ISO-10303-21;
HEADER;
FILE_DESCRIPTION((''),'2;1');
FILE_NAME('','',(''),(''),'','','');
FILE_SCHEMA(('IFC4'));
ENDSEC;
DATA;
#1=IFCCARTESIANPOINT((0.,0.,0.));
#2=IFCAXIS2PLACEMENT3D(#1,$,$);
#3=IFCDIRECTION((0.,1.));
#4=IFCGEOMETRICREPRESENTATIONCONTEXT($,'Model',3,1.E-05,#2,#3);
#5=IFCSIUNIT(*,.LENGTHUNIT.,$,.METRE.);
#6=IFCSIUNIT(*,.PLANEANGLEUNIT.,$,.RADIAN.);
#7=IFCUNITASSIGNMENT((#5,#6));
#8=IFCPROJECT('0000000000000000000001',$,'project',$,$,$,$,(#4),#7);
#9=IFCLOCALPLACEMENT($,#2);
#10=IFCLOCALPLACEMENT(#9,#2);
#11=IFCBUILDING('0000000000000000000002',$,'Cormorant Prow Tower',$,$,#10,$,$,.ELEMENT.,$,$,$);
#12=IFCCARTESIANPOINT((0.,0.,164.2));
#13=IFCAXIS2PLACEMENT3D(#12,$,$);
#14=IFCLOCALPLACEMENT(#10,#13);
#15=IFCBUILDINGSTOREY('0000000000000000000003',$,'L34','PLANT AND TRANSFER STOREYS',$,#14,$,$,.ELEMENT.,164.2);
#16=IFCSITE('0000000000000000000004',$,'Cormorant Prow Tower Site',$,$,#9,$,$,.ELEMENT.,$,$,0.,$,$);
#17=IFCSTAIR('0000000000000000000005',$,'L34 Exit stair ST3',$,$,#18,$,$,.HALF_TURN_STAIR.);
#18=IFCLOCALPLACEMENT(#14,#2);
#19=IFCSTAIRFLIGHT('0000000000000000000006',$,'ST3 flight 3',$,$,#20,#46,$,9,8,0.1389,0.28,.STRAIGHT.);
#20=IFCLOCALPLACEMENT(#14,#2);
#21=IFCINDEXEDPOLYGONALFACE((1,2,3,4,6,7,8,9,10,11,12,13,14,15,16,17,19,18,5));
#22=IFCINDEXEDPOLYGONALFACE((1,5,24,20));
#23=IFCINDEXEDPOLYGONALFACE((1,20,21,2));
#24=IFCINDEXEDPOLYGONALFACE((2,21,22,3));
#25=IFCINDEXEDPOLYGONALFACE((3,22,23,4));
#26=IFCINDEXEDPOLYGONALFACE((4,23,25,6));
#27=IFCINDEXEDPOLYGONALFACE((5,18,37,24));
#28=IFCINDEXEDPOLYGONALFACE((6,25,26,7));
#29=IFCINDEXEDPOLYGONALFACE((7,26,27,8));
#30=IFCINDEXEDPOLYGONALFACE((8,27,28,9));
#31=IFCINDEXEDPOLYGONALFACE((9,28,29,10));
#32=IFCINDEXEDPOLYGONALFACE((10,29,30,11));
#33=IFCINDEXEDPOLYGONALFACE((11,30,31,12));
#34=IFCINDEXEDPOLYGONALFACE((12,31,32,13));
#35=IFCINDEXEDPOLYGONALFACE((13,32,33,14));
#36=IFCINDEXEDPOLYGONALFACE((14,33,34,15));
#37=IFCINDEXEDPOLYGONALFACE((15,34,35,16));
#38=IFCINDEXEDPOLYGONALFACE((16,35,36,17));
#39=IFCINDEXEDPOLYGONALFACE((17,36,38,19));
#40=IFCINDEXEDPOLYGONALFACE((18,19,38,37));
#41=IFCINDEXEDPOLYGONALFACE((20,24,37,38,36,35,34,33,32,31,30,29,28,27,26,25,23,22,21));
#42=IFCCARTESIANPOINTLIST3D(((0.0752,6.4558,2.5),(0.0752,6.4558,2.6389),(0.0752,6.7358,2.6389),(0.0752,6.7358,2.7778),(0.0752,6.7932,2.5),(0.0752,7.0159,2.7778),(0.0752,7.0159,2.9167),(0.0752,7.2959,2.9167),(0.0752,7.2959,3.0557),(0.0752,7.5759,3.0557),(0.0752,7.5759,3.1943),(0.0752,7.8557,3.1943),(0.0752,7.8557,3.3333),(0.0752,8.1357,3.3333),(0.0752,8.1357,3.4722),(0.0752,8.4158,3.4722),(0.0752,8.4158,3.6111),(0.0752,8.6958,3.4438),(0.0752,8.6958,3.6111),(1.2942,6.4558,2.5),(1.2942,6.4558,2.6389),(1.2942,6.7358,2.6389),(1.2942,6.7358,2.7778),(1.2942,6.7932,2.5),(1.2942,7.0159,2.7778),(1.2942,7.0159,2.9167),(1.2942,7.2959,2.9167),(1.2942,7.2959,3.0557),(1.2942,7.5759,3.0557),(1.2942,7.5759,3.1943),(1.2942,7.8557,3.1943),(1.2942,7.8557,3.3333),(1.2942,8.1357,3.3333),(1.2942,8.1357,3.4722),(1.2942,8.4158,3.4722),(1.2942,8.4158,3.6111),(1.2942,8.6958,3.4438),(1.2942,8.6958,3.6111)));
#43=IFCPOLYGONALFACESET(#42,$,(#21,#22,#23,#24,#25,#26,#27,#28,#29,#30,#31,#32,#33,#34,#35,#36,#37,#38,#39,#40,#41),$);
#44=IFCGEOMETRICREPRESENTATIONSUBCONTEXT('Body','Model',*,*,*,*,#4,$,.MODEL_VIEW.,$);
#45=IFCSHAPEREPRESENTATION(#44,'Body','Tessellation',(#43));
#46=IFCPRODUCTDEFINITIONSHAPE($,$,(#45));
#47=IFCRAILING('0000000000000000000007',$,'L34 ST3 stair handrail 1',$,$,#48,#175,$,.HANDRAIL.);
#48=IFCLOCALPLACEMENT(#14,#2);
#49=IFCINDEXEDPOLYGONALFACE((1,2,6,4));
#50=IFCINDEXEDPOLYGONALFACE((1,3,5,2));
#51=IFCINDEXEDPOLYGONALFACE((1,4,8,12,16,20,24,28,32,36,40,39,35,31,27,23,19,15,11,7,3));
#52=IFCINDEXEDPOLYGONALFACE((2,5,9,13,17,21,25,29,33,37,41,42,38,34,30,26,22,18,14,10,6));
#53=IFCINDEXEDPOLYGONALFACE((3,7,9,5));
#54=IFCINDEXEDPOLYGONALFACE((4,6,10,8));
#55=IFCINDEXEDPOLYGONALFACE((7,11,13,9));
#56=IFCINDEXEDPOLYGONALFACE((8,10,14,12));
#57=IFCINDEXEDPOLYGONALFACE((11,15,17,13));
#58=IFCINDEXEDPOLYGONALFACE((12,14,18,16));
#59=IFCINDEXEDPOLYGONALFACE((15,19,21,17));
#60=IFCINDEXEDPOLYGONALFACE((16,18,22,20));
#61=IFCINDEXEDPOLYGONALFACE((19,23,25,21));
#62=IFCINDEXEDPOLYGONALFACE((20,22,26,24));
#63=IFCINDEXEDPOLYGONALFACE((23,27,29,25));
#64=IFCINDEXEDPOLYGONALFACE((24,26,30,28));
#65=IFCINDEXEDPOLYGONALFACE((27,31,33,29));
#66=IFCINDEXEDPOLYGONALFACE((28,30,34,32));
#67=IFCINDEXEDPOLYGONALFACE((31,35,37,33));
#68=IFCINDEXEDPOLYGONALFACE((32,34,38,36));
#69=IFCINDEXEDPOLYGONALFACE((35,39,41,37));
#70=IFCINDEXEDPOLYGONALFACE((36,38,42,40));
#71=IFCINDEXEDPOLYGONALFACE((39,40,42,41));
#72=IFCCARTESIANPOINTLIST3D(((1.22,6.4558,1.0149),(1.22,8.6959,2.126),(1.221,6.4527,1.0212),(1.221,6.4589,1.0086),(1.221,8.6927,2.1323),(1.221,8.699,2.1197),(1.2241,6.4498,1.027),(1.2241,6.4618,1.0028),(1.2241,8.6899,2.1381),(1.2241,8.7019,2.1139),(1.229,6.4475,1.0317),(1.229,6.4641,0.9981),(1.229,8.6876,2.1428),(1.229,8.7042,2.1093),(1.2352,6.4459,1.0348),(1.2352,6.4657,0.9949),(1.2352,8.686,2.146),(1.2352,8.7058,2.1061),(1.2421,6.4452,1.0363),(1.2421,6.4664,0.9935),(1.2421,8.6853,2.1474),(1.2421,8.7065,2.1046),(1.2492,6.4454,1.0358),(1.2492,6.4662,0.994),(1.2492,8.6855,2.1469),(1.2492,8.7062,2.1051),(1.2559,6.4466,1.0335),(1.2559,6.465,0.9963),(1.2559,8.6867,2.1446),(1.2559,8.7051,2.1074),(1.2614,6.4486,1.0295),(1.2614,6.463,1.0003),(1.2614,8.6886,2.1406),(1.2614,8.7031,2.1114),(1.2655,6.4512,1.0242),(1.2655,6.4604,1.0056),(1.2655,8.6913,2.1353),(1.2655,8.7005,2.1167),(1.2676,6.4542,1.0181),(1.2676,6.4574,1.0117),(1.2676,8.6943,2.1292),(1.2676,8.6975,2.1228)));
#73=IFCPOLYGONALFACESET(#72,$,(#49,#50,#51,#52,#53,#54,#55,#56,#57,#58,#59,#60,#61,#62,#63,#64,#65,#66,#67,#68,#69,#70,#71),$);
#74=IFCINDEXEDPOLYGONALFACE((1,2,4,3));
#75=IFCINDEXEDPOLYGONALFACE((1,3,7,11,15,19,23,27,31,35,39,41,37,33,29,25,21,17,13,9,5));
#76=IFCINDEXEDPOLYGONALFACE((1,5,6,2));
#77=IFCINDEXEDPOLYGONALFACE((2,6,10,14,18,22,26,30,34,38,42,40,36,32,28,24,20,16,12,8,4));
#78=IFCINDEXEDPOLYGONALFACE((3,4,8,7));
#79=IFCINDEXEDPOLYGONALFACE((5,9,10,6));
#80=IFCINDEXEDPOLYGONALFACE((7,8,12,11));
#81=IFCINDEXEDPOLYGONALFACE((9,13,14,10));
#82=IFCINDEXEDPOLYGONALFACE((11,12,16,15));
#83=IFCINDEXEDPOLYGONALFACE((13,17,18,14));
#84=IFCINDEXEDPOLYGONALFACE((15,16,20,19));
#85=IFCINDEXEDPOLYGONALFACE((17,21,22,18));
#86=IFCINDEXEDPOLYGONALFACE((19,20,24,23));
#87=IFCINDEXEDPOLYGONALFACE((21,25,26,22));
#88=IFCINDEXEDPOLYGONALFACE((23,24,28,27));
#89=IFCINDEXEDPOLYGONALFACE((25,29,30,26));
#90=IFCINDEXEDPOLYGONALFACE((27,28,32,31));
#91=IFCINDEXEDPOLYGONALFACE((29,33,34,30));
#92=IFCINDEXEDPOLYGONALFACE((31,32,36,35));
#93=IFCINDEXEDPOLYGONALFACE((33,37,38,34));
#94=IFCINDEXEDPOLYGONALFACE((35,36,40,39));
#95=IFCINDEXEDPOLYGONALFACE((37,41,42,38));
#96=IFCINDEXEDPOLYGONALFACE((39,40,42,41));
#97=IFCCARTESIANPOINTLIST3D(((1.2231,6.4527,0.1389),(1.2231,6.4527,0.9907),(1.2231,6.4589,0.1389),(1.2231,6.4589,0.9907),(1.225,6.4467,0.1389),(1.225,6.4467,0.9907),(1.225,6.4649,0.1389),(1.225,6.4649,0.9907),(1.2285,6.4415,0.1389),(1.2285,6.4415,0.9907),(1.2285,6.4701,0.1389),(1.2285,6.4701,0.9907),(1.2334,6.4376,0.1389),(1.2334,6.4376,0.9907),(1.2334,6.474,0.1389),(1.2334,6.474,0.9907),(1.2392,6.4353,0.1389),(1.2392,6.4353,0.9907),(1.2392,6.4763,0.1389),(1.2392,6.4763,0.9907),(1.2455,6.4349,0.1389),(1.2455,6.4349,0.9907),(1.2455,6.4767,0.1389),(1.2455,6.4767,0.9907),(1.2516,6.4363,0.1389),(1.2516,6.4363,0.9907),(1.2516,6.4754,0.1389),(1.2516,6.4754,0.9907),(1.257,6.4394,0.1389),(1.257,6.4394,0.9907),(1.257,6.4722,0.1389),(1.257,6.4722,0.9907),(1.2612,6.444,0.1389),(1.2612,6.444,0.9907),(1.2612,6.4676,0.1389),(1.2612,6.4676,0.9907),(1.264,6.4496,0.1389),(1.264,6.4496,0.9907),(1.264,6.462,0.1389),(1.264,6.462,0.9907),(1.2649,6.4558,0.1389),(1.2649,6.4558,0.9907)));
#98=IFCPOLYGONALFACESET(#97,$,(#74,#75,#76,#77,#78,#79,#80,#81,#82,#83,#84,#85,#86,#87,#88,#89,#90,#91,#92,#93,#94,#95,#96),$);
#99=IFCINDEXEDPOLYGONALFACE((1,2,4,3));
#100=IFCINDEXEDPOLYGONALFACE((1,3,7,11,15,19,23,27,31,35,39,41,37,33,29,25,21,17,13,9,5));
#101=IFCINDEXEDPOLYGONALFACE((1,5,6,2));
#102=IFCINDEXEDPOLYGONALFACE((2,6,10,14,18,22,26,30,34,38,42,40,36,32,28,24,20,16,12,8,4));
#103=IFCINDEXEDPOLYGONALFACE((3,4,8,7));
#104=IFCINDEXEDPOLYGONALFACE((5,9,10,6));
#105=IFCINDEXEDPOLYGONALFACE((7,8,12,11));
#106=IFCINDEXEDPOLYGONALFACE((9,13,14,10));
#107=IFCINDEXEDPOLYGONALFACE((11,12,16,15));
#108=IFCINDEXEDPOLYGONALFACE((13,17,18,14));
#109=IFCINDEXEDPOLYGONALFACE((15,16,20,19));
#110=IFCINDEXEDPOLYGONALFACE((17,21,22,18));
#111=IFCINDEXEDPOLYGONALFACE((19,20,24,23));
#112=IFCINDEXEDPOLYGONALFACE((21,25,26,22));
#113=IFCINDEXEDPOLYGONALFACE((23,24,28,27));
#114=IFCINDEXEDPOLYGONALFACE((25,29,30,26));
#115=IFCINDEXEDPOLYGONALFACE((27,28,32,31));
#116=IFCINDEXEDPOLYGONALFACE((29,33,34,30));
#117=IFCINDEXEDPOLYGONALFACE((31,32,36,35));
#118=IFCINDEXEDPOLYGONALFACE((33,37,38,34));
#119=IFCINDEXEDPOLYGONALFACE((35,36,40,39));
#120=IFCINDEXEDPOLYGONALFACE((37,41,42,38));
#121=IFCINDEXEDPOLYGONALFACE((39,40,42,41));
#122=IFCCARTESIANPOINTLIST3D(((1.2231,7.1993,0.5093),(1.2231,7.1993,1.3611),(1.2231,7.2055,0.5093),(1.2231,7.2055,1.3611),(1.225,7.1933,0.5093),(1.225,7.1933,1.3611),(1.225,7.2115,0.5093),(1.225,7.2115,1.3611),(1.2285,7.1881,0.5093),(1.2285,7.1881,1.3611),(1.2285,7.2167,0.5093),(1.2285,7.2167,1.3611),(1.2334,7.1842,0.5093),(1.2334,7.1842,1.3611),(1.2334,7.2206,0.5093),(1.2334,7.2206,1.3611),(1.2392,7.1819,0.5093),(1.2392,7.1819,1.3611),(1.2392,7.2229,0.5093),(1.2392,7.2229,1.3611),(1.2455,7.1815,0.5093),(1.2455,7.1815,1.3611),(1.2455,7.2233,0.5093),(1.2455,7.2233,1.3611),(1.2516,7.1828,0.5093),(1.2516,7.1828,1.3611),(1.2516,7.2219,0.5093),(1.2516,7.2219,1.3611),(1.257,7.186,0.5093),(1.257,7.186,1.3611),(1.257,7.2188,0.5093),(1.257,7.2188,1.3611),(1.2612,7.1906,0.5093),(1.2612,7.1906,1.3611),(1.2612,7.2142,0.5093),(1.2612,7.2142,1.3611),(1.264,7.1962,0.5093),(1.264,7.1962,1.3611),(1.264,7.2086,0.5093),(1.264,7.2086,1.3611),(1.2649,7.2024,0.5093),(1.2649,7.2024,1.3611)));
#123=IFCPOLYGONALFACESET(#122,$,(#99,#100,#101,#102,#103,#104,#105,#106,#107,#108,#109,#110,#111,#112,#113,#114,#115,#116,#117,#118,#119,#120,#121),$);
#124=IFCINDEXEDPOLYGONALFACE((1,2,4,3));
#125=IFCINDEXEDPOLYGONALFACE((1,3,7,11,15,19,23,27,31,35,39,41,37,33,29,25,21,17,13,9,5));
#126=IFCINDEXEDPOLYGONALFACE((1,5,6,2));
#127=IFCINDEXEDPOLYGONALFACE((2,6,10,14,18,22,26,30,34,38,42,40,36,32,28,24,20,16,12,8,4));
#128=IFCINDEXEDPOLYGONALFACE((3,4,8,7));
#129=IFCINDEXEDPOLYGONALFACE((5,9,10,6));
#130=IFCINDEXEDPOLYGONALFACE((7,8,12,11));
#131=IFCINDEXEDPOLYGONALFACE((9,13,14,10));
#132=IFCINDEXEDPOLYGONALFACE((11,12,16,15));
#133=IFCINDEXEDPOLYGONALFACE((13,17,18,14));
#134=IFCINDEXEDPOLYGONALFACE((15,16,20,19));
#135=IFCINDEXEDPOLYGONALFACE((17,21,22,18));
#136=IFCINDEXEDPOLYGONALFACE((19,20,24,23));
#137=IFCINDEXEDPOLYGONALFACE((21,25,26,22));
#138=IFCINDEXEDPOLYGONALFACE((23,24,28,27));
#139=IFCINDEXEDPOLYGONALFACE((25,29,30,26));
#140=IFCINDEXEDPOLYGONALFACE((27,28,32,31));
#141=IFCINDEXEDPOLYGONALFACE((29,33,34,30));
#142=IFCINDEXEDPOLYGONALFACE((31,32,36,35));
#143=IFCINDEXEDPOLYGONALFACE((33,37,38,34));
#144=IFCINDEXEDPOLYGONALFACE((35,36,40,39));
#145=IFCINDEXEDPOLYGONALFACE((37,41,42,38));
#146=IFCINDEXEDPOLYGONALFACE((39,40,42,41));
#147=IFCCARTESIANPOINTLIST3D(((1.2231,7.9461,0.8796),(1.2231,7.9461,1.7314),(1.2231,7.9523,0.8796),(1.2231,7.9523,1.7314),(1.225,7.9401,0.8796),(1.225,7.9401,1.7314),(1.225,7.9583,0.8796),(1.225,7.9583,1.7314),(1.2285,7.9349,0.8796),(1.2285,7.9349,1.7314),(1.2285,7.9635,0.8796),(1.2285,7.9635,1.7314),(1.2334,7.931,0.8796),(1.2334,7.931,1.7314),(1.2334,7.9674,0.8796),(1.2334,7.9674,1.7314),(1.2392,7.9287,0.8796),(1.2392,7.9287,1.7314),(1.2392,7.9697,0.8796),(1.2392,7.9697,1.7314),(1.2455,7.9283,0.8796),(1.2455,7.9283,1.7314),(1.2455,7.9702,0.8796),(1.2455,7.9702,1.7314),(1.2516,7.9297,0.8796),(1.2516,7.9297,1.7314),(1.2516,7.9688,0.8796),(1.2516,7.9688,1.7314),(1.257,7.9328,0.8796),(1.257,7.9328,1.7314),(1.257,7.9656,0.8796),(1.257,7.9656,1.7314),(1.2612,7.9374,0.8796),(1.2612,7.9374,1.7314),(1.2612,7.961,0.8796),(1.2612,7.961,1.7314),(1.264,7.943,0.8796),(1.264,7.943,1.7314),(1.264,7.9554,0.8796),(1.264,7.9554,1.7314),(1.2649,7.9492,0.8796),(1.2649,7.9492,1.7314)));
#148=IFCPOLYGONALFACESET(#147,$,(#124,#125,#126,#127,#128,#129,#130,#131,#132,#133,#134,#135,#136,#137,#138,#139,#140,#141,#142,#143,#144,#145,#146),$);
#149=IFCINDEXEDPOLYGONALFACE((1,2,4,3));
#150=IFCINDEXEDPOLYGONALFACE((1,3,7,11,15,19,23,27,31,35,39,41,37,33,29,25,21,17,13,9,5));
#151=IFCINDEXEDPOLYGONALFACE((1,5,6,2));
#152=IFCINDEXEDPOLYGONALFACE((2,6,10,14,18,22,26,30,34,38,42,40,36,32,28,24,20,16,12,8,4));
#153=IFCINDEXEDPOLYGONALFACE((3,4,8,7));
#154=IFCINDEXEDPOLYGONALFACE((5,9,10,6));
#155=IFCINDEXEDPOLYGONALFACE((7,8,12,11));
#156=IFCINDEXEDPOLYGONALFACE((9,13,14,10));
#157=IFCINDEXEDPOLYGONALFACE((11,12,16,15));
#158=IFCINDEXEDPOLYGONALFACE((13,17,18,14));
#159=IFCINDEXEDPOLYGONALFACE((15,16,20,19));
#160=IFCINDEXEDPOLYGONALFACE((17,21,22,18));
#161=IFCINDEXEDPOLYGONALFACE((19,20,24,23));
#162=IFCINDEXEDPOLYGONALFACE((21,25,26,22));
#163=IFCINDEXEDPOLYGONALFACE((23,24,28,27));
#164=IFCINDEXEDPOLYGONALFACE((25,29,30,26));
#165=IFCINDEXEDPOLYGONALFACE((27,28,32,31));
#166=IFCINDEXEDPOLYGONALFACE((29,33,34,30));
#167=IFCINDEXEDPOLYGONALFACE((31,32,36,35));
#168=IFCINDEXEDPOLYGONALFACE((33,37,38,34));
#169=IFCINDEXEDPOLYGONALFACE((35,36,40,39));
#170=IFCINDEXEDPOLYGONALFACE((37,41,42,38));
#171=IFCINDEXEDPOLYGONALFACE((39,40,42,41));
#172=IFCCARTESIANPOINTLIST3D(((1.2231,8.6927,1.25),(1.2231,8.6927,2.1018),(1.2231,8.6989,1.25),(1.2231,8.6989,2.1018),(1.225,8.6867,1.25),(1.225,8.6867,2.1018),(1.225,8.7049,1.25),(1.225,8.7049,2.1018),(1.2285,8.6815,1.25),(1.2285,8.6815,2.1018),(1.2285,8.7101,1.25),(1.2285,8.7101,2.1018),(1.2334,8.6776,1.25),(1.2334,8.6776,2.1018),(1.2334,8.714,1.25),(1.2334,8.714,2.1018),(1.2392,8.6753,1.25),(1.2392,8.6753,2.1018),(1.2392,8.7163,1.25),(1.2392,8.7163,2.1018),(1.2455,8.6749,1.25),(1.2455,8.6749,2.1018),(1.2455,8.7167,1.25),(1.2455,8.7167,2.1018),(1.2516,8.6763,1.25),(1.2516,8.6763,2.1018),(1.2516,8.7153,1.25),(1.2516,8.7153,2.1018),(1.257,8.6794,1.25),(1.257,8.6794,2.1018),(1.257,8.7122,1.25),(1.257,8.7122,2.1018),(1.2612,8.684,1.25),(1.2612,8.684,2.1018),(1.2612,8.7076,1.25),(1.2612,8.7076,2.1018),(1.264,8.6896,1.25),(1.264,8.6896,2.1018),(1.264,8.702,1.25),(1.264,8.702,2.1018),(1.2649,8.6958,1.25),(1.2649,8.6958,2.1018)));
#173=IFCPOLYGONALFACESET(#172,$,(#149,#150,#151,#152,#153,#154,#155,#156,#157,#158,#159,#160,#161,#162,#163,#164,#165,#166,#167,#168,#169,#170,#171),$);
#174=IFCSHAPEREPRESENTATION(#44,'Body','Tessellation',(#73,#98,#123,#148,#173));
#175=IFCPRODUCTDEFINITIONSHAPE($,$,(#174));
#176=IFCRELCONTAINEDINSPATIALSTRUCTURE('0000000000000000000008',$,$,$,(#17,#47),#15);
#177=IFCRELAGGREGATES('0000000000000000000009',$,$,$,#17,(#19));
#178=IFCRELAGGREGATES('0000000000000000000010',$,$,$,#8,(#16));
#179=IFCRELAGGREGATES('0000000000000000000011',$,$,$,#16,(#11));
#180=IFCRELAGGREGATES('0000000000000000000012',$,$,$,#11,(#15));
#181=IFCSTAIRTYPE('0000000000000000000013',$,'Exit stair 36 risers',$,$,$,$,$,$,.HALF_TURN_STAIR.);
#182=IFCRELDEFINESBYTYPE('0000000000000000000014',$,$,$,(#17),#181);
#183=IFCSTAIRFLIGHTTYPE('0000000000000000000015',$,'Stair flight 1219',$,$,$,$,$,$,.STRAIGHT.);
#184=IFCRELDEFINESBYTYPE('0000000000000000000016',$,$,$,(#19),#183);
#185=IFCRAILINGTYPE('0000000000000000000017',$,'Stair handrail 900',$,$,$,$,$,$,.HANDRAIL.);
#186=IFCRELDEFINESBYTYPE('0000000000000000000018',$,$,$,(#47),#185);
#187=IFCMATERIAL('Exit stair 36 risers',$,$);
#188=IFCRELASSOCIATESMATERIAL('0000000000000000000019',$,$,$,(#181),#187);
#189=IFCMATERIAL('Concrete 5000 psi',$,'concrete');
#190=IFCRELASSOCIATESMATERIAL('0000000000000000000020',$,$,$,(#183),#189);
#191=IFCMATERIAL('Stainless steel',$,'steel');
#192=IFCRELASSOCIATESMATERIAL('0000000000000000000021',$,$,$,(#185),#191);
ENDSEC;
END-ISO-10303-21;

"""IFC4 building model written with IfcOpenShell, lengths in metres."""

from ifc_helpers import new_model, si_unit, direction, frame, origin, origin_2d, place, context, subcontext, project, spatial, polyline, circle, outline, extrude, material, type_object, element, aggregate, save


model = new_model("IFC4")

# Units and contexts
model_context = context("Model", 3, precision=1e-05, world=origin(), true_north=direction((0.0, 1.0)))
body_context = subcontext(model_context, "Body", "Model", "MODEL_VIEW")
ifc_project = project(units=[si_unit("LENGTHUNIT", "METRE"), si_unit("PLANEANGLEUNIT", "RADIAN")], contexts=[model_context])

# Site, building, storey
site_placement = place(None, origin())
site = spatial("IfcSite", under=ifc_project, at=site_placement, Name="Cormorant Prow Tower Site", CompositionType="ELEMENT", RefElevation=0.0)
building_placement = place(site_placement, origin())
building = spatial("IfcBuilding", under=site, at=building_placement, Name="Cormorant Prow Tower", CompositionType="ELEMENT")
storey_placement = place(building_placement, frame((0.0, 0.0, 164.2)))
storey = spatial("IfcBuildingStorey", under=building, at=storey_placement, Name="L34", Description="PLANT AND TRANSFER STOREYS", CompositionType="ELEMENT", Elevation=164.2)

# Stair
ifc_material_1 = material(Name="Exit stair 36 risers")
stair_type = type_object("IfcStairType", Name="Exit stair 36 risers", PredefinedType="HALF_TURN_STAIR", material=ifc_material_1)
stair_1_placement = place(storey_placement, origin())
stair_1 = element("IfcStair", 1, at=stair_1_placement, inside=storey, type_object=stair_type, Name="L34 Exit stair ST3", PredefinedType="HALF_TURN_STAIR")

# Stair flight
ifc_material_2 = material(Name="Concrete 5000 psi", Category="concrete")
stair_flight_type = type_object("IfcStairFlightType", Name="Stair flight 1219", PredefinedType="STRAIGHT", material=ifc_material_2)
stair_flight_1_placement = place(storey_placement, frame((0.6846, 6.4558, 2.5), z_axis=(0.0, 0.0, 1.0), x_axis=(0.0, 1.0, 0.0)))
stair_flight_1 = element("IfcStairFlight", 2, at=stair_flight_1_placement, type_object=stair_flight_type, Name="ST3 flight 3", NumberOfRisers=9, NumberOfTreads=8, PredefinedType="STRAIGHT", RiserHeight=0.1389, TreadLength=0.28, context=body_context, shape_type="SweptSolid", body=[
    extrude(outline(polyline([(0.0, 0.0), (0.0, 0.1389), (0.28, 0.1389), (0.28, 0.2778), (0.5601, 0.2778), (0.5601, 0.4167), (0.8401, 0.4167), (0.8401, 0.5557), (1.1201, 0.5557), (1.1201, 0.6943), (1.3999, 0.6943), (1.3999, 0.8333), (1.6799, 0.8333), (1.6799, 0.9722), (1.96, 0.9722), (1.96, 1.1111), (2.24, 1.1111), (2.24, 1.25), (2.24, 0.9438), (0.3374, 0.0), (0.0, 0.0)])), frame((0.0, 0.6094, 0.0), z_axis=(0.0, -1.0, 0.0), x_axis=(1.0, 0.0, 0.0)), (0.0, 0.0, 1.0), 1.219),
])
aggregate(stair_1, [stair_flight_1])

# Railing
ifc_material_3 = material(Name="Stainless steel", Category="steel")
railing_type_1 = type_object("IfcRailingType", Name="Stair handrail 900", PredefinedType="HANDRAIL", material=ifc_material_3)
for number, where, name in (
    (3, (1.2439, 6.4558, 0.1389), "L34 ST3 stair handrail 1"),
):
    element("IfcRailing", number, at=place(storey_placement, frame(where)), inside=storey, type_object=railing_type_1, Name=name, PredefinedType="HANDRAIL", context=body_context, shape_type="SweptSolid", body=[
        extrude(circle(Radius=0.0239, at=origin_2d()), frame((0.0, 0.0, 0.876), z_axis=(0.0, 0.895848, 0.44436), x_axis=(-1.0, 0.0, 0.0)), (0.0, 0.0, 1.0), 2.5005),
        extrude(circle(Radius=0.021, at=origin_2d()), origin(), (0.0, 0.0, 1.0), 0.8518),
        extrude(circle(Radius=0.021, at=origin_2d()), frame((0.0, 0.7466, 0.3704)), (0.0, 0.0, 1.0), 0.8518),
        extrude(circle(Radius=0.021, at=origin_2d()), frame((0.0, 1.4934, 0.7407)), (0.0, 0.0, 1.0), 0.8518),
        extrude(circle(Radius=0.021, at=origin_2d()), frame((0.0, 2.24, 1.1111)), (0.0, 0.0, 1.0), 0.8518),
    ])

save(model, "model.ifc")
